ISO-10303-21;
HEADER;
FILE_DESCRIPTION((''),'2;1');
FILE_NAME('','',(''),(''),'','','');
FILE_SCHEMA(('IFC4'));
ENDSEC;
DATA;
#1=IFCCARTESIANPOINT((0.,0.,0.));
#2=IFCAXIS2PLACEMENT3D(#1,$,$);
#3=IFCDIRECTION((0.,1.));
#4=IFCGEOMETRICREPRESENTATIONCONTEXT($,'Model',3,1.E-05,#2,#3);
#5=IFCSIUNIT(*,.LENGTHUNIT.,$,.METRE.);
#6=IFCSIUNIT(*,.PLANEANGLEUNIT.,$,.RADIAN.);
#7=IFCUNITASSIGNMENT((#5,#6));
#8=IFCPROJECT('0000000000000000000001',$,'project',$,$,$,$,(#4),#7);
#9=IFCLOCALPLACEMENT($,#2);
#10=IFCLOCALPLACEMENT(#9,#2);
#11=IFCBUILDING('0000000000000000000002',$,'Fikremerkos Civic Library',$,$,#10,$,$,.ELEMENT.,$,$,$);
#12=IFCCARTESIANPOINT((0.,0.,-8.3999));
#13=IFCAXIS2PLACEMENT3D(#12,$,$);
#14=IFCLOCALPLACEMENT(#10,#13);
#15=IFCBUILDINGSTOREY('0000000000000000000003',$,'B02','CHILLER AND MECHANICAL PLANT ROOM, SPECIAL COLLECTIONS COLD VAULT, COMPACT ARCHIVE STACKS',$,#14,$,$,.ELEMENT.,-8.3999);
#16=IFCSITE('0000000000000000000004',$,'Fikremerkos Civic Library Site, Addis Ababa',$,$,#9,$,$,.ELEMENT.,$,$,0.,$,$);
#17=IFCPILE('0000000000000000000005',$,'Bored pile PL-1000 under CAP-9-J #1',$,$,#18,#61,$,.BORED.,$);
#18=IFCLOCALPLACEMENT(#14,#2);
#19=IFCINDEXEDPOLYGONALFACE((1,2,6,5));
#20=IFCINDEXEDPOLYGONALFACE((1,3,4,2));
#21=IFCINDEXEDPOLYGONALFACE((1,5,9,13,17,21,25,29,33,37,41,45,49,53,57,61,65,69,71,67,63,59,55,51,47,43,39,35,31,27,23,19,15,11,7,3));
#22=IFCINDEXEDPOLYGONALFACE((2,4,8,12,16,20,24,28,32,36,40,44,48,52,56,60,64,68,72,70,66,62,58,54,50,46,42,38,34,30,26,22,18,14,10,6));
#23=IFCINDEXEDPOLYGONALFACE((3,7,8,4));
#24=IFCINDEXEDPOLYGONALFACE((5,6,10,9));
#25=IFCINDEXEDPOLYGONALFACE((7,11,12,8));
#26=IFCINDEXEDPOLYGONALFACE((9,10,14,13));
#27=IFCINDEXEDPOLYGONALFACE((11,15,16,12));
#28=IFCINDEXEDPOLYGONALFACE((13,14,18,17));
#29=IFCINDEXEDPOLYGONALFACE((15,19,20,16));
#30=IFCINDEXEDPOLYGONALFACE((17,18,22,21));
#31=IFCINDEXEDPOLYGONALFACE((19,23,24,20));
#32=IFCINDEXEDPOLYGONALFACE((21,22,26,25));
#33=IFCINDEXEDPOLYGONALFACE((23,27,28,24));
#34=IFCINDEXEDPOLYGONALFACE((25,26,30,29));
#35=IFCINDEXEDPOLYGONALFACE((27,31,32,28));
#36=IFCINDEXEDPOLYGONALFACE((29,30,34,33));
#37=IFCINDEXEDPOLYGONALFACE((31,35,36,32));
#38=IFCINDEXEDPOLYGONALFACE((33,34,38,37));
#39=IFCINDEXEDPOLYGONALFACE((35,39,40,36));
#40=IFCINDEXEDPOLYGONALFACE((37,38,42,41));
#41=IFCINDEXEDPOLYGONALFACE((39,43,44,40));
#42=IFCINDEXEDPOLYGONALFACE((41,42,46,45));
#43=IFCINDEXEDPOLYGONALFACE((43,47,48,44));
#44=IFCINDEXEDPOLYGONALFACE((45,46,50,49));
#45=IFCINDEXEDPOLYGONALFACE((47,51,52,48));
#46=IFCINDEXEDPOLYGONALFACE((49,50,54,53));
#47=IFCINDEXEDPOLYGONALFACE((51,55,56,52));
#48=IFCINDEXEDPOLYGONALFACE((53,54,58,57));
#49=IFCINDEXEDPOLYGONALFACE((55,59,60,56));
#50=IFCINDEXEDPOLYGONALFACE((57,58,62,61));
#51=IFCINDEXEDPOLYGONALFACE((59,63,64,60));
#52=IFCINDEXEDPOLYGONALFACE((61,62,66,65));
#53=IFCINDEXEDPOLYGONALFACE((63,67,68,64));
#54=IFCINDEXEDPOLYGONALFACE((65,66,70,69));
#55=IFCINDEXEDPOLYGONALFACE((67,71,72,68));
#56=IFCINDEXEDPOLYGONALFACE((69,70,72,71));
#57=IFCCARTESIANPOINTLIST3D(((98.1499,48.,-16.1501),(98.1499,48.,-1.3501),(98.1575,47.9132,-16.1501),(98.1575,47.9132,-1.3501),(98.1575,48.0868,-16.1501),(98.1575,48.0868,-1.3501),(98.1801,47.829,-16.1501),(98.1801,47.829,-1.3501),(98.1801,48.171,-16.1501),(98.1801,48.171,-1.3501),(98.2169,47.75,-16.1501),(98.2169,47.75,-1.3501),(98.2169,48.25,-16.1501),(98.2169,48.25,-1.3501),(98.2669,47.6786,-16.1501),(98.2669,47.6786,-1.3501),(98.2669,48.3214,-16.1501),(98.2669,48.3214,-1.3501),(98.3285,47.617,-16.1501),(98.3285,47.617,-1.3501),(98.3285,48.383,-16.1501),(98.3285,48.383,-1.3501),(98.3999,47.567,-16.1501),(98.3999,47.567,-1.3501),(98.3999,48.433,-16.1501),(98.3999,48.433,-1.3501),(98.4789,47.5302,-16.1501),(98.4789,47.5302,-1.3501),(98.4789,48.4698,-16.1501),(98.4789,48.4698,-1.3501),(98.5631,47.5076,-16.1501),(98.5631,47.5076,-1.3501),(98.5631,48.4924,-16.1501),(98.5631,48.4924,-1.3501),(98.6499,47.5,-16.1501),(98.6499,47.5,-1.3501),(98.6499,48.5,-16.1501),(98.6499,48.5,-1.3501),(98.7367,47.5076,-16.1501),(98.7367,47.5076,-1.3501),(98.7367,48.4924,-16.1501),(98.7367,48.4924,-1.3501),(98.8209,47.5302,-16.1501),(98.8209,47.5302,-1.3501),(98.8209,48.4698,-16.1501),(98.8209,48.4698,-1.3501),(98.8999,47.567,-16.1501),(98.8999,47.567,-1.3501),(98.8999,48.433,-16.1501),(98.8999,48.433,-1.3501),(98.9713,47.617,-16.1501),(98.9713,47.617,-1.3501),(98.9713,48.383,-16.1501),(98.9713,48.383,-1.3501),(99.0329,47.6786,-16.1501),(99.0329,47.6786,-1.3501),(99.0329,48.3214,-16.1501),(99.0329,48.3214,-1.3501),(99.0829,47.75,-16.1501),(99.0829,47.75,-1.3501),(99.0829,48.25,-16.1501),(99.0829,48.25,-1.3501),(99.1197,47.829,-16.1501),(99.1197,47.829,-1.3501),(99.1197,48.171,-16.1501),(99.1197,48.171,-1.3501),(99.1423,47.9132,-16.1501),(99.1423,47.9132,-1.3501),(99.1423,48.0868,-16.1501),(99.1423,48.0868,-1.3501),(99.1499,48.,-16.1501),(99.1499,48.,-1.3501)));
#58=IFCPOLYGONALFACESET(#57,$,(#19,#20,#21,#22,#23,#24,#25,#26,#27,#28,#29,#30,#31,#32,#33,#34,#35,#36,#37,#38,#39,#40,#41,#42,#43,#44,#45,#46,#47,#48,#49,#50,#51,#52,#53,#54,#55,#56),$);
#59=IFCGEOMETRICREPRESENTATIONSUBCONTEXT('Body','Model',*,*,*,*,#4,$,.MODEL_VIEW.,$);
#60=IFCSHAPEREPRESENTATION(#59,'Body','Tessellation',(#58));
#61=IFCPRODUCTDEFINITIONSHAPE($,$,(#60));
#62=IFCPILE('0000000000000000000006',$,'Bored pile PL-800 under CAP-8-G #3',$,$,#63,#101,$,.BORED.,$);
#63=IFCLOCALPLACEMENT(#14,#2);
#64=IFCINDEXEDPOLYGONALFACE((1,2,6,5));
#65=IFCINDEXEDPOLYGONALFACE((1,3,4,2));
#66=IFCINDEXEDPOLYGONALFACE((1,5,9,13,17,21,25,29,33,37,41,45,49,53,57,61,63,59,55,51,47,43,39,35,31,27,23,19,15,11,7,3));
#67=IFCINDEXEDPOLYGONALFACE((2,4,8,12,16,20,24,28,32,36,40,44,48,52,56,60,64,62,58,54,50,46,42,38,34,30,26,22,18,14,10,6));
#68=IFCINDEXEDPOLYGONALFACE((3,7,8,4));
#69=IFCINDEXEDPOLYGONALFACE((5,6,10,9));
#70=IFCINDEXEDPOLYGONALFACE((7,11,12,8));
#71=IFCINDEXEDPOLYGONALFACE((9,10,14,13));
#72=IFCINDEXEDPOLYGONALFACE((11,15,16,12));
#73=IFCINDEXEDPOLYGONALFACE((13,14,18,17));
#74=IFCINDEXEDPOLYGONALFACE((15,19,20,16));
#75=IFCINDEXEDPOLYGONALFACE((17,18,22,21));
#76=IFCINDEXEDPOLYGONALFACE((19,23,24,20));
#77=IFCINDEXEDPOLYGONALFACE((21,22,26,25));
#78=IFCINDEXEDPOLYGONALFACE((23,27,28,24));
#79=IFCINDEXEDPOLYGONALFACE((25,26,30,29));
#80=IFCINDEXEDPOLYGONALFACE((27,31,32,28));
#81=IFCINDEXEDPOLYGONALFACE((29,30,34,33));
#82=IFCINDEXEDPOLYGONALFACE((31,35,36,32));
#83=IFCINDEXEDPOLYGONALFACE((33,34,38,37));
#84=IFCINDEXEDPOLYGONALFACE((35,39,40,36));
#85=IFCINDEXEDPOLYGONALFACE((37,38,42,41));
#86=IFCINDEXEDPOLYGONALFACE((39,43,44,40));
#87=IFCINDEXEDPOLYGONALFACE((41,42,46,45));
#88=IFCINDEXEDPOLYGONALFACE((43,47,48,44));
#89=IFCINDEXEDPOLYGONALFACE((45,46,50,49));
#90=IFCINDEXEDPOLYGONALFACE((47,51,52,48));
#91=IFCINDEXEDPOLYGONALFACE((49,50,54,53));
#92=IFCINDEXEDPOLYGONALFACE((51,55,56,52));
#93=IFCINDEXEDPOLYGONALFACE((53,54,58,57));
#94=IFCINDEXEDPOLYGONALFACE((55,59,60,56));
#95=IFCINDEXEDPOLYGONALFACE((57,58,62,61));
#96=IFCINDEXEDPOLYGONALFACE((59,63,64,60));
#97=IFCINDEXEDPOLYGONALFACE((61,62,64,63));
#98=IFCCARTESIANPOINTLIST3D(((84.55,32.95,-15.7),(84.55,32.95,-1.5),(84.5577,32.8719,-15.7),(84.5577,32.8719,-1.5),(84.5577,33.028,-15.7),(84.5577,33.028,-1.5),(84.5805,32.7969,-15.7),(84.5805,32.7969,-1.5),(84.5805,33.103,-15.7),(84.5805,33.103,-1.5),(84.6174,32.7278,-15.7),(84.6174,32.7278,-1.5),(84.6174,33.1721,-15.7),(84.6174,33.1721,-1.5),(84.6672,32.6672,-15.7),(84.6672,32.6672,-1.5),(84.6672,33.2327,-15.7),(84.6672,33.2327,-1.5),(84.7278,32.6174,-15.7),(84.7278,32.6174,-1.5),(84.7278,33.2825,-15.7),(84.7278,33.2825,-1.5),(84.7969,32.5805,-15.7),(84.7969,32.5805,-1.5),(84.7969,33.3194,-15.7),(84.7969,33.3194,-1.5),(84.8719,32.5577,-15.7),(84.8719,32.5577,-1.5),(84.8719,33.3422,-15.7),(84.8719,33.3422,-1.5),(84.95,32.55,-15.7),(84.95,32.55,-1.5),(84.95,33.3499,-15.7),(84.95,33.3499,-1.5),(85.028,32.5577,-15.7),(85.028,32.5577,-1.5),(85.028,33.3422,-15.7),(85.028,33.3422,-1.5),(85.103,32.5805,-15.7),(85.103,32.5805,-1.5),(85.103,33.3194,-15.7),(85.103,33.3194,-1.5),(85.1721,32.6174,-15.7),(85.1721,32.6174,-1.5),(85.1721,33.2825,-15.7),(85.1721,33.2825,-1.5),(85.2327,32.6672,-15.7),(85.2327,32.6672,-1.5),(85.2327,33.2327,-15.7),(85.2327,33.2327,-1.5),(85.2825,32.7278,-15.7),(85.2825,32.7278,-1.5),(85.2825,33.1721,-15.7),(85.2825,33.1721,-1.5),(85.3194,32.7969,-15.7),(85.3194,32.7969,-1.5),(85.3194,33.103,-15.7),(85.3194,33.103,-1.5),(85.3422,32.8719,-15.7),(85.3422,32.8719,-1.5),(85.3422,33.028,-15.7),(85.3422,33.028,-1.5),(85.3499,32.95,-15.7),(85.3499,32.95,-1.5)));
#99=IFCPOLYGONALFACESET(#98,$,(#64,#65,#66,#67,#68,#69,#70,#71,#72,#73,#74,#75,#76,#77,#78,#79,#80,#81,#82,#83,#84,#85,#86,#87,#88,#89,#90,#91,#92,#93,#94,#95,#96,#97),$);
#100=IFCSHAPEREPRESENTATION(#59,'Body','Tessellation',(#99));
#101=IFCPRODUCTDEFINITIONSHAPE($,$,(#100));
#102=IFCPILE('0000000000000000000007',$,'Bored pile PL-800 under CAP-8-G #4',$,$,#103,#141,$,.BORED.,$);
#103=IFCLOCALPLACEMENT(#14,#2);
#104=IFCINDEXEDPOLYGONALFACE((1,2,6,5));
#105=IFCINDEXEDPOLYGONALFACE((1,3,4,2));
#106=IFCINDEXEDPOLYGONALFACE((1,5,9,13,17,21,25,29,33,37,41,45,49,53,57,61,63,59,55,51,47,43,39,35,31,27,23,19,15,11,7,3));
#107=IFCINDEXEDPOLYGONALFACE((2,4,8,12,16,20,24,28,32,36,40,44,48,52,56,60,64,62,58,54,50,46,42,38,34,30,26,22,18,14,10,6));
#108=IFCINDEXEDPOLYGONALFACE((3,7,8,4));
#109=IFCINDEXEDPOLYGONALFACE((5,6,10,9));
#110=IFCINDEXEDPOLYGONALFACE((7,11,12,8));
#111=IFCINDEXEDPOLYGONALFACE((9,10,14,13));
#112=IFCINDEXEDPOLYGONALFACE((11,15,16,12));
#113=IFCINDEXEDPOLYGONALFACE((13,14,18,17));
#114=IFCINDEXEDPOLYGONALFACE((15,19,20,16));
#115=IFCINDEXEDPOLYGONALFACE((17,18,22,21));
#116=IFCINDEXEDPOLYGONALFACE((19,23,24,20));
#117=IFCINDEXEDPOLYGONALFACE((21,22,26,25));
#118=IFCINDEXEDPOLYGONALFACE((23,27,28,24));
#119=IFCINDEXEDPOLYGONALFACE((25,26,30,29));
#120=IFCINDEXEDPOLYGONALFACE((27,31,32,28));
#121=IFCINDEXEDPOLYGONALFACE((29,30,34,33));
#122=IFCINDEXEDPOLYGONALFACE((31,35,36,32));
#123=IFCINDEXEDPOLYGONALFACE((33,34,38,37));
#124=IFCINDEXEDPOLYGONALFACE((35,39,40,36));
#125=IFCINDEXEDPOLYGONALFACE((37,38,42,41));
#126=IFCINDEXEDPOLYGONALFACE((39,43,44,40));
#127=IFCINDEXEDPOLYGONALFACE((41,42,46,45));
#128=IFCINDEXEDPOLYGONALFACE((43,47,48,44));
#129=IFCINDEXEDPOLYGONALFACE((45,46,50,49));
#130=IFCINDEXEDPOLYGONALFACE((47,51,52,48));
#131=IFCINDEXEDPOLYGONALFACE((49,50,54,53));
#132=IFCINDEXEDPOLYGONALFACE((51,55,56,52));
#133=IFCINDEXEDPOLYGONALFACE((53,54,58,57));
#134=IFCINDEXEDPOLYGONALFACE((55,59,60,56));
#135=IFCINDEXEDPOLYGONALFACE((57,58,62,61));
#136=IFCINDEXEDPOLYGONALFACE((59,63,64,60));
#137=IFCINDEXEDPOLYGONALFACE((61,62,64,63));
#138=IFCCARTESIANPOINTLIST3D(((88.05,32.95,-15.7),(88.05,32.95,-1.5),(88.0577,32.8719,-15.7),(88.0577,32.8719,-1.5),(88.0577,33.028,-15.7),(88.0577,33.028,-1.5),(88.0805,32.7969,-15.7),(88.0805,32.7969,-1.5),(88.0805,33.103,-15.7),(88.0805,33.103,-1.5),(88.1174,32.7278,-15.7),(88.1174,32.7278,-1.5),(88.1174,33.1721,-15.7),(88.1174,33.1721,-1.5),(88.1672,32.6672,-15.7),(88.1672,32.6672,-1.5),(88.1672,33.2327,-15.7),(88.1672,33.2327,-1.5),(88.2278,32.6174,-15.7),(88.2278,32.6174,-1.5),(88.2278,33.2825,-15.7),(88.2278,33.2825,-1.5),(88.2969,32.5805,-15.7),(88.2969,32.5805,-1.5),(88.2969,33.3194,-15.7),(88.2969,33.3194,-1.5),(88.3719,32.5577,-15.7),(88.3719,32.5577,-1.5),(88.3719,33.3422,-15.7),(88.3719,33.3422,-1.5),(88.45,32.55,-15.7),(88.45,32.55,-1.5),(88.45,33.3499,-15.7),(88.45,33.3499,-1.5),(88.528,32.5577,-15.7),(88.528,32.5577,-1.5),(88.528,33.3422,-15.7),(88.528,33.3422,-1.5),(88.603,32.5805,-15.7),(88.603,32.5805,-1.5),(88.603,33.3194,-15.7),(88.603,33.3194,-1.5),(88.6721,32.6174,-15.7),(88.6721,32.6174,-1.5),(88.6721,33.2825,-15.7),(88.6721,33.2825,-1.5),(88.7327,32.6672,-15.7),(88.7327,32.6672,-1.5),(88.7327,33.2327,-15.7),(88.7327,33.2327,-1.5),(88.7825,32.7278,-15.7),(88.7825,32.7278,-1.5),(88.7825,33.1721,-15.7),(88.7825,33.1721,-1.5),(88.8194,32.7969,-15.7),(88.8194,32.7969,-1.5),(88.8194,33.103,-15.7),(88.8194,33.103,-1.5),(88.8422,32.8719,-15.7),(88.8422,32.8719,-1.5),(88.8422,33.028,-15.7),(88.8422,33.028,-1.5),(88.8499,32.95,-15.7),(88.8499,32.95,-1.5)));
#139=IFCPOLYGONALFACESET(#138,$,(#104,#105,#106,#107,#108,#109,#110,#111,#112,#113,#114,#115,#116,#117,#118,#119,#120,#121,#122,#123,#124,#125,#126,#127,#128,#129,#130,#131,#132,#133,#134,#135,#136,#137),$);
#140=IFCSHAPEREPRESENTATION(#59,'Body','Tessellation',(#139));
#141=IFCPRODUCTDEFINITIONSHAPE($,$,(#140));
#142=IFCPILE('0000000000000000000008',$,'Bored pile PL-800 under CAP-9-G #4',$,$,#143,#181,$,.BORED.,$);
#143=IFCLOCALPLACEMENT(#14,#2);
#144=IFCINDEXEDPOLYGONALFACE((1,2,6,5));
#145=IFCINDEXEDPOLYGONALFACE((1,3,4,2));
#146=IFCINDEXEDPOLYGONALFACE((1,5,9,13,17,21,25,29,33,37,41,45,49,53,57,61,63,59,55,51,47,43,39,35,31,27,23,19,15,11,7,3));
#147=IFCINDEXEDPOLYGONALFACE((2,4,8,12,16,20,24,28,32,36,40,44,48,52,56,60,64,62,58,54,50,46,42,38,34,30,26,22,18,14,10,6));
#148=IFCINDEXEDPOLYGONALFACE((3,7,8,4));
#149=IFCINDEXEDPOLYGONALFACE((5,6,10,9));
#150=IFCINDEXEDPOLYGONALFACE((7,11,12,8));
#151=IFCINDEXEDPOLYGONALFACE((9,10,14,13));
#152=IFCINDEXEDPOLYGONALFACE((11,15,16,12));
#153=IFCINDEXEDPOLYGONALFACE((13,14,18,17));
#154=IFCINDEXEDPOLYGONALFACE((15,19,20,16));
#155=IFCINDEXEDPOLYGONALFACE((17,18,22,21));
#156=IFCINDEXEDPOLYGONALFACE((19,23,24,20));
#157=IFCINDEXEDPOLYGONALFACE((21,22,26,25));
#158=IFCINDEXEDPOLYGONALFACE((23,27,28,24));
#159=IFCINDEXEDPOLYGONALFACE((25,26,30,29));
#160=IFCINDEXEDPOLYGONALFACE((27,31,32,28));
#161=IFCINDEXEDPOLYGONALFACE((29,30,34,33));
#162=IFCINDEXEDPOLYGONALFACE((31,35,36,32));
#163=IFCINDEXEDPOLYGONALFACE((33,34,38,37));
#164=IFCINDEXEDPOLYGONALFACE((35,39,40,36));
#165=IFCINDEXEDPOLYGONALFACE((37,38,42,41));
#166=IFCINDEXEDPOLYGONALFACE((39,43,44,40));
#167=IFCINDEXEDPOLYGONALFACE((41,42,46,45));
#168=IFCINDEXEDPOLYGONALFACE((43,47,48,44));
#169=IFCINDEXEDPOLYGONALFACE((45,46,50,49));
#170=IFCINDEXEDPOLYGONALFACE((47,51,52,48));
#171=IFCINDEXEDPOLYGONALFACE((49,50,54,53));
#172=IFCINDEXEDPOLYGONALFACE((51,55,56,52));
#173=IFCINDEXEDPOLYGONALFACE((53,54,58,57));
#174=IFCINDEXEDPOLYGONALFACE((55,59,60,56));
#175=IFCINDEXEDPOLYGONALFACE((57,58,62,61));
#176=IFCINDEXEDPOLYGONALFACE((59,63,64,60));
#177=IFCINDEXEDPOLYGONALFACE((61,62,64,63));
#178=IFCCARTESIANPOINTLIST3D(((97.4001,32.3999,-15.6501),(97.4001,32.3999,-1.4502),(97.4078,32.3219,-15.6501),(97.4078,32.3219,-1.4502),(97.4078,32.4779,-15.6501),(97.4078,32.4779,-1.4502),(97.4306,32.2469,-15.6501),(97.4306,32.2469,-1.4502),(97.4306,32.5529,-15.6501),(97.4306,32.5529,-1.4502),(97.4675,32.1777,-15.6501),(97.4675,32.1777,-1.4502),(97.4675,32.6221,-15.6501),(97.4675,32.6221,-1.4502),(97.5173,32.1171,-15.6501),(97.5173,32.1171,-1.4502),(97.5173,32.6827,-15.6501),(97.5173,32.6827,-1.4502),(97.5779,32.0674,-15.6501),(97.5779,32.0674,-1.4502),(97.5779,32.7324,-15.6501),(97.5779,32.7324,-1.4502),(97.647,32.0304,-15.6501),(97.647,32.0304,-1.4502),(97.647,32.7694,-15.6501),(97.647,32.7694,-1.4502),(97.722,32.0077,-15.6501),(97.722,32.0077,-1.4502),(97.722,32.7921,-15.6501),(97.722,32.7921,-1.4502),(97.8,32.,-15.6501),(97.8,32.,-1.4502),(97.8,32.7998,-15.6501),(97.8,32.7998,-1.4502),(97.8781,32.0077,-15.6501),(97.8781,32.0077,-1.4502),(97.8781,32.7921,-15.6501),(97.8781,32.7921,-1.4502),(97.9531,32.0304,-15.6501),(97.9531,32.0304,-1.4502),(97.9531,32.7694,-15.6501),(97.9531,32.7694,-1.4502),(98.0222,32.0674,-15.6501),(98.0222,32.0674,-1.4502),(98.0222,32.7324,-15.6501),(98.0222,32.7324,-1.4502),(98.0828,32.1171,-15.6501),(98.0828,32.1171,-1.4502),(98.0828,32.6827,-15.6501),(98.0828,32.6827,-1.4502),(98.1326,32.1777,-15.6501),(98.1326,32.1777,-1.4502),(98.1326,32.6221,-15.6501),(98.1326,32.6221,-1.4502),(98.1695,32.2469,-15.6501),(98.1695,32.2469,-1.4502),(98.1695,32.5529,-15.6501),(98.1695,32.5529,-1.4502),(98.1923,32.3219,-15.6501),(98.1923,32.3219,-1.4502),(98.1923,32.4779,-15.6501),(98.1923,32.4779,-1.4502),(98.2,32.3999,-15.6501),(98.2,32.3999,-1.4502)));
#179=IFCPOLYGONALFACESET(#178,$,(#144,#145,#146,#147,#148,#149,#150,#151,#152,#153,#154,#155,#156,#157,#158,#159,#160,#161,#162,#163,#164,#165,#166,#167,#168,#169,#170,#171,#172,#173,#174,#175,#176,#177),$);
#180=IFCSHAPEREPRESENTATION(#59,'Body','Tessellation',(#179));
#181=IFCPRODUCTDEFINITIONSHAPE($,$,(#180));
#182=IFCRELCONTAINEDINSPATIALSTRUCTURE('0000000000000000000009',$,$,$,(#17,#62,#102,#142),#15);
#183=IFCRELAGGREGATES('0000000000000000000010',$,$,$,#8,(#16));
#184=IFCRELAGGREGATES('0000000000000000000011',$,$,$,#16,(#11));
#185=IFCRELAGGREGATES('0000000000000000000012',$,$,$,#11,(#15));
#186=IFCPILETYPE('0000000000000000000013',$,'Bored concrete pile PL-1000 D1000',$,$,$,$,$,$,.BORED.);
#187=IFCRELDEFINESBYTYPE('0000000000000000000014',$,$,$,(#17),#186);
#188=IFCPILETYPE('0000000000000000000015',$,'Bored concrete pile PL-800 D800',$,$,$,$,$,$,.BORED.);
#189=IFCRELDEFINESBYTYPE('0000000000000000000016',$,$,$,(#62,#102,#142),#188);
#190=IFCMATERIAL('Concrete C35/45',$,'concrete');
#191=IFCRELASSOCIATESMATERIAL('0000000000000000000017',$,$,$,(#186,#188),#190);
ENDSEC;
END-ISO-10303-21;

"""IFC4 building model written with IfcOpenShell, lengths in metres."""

from ifc_helpers import new_model, si_unit, direction, frame, origin, origin_2d, place, context, subcontext, project, spatial, circle, extrude, material, material_profile, profile_set, type_object, element, save


model = new_model("IFC4")

# Units and contexts
model_context = context("Model", 3, precision=1e-05, world=origin(), true_north=direction((0.0, 1.0)))
body_context = subcontext(model_context, "Body", "Model", "MODEL_VIEW")
ifc_project = project(units=[si_unit("LENGTHUNIT", "METRE"), si_unit("PLANEANGLEUNIT", "RADIAN")], contexts=[model_context])

# Site, building, storey
site_placement = place(None, origin())
site = spatial("IfcSite", under=ifc_project, at=site_placement, Name="Fikremerkos Civic Library Site, Addis Ababa", CompositionType="ELEMENT", RefElevation=0.0)
building_placement = place(site_placement, origin())
building = spatial("IfcBuilding", under=site, at=building_placement, Name="Fikremerkos Civic Library", CompositionType="ELEMENT")
storey_placement = place(building_placement, frame((0.0, 0.0, -8.3999)))
storey = spatial("IfcBuildingStorey", under=building, at=storey_placement, Name="B02", Description="CHILLER AND MECHANICAL PLANT ROOM, SPECIAL COLLECTIONS COLD VAULT, COMPACT ARCHIVE STACKS", CompositionType="ELEMENT", Elevation=-8.3999)

# Piles
ifc_material_1 = material(Name="Concrete C35/45", Category="concrete")
ifc_material_profile_1 = material_profile(ifc_material_1, circle(Radius=0.5, at=origin_2d()), Name="BORED PILE 1000")
ifc_profile_set_1 = profile_set([ifc_material_profile_1], Name="Concrete C35/45")
pile_type_1 = type_object("IfcPileType", Name="Bored concrete pile PL-1000 D1000", PredefinedType="BORED", material=ifc_profile_set_1)
pile_placement = place(storey_placement, frame((98.6499, 48.0, -1.3501), z_axis=(0.0, 0.0, -1.0), x_axis=(1.0, 0.0, 0.0)))
element("IfcPile", 1, at=pile_placement, inside=storey, type_object=pile_type_1, Name="Bored pile PL-1000 under CAP-9-J #1", PredefinedType="BORED", context=body_context, shape_type="SweptSolid", body=[
    extrude(circle(Radius=0.5, at=origin_2d()), origin(), (0.0, 0.0, 1.0), 14.8),
])
ifc_material_profile_2 = material_profile(ifc_material_1, circle(Radius=0.3999, at=origin_2d()), Name="BORED PILE 800")
ifc_profile_set_2 = profile_set([ifc_material_profile_2], Name="Concrete C35/45")
pile_type_2 = type_object("IfcPileType", Name="Bored concrete pile PL-800 D800", PredefinedType="BORED", material=ifc_profile_set_2)
for number, where, z_axis, x_axis, name in (
    (2, (84.95, 32.95, -1.5), (0.0, 0.0, -1.0), (1.0, 0.0, 0.0), "Bored pile PL-800 under CAP-8-G #3"),
    (3, (88.45, 32.95, -1.5), (0.0, 0.0, -1.0), (1.0, 0.0, 0.0), "Bored pile PL-800 under CAP-8-G #4"),
    (4, (97.8, 32.3999, -1.4502), (0.0, 0.0, -1.0), (1.0, 0.0, 0.0), "Bored pile PL-800 under CAP-9-G #4"),
):
    element("IfcPile", number, at=place(storey_placement, frame(where, z_axis=z_axis, x_axis=x_axis)), inside=storey, type_object=pile_type_2, Name=name, PredefinedType="BORED", context=body_context, shape_type="SweptSolid", body=[
        extrude(circle(Radius=0.3999, at=origin_2d()), origin(), (0.0, 0.0, 1.0), 14.2),
    ])

save(model, "model.ifc")
